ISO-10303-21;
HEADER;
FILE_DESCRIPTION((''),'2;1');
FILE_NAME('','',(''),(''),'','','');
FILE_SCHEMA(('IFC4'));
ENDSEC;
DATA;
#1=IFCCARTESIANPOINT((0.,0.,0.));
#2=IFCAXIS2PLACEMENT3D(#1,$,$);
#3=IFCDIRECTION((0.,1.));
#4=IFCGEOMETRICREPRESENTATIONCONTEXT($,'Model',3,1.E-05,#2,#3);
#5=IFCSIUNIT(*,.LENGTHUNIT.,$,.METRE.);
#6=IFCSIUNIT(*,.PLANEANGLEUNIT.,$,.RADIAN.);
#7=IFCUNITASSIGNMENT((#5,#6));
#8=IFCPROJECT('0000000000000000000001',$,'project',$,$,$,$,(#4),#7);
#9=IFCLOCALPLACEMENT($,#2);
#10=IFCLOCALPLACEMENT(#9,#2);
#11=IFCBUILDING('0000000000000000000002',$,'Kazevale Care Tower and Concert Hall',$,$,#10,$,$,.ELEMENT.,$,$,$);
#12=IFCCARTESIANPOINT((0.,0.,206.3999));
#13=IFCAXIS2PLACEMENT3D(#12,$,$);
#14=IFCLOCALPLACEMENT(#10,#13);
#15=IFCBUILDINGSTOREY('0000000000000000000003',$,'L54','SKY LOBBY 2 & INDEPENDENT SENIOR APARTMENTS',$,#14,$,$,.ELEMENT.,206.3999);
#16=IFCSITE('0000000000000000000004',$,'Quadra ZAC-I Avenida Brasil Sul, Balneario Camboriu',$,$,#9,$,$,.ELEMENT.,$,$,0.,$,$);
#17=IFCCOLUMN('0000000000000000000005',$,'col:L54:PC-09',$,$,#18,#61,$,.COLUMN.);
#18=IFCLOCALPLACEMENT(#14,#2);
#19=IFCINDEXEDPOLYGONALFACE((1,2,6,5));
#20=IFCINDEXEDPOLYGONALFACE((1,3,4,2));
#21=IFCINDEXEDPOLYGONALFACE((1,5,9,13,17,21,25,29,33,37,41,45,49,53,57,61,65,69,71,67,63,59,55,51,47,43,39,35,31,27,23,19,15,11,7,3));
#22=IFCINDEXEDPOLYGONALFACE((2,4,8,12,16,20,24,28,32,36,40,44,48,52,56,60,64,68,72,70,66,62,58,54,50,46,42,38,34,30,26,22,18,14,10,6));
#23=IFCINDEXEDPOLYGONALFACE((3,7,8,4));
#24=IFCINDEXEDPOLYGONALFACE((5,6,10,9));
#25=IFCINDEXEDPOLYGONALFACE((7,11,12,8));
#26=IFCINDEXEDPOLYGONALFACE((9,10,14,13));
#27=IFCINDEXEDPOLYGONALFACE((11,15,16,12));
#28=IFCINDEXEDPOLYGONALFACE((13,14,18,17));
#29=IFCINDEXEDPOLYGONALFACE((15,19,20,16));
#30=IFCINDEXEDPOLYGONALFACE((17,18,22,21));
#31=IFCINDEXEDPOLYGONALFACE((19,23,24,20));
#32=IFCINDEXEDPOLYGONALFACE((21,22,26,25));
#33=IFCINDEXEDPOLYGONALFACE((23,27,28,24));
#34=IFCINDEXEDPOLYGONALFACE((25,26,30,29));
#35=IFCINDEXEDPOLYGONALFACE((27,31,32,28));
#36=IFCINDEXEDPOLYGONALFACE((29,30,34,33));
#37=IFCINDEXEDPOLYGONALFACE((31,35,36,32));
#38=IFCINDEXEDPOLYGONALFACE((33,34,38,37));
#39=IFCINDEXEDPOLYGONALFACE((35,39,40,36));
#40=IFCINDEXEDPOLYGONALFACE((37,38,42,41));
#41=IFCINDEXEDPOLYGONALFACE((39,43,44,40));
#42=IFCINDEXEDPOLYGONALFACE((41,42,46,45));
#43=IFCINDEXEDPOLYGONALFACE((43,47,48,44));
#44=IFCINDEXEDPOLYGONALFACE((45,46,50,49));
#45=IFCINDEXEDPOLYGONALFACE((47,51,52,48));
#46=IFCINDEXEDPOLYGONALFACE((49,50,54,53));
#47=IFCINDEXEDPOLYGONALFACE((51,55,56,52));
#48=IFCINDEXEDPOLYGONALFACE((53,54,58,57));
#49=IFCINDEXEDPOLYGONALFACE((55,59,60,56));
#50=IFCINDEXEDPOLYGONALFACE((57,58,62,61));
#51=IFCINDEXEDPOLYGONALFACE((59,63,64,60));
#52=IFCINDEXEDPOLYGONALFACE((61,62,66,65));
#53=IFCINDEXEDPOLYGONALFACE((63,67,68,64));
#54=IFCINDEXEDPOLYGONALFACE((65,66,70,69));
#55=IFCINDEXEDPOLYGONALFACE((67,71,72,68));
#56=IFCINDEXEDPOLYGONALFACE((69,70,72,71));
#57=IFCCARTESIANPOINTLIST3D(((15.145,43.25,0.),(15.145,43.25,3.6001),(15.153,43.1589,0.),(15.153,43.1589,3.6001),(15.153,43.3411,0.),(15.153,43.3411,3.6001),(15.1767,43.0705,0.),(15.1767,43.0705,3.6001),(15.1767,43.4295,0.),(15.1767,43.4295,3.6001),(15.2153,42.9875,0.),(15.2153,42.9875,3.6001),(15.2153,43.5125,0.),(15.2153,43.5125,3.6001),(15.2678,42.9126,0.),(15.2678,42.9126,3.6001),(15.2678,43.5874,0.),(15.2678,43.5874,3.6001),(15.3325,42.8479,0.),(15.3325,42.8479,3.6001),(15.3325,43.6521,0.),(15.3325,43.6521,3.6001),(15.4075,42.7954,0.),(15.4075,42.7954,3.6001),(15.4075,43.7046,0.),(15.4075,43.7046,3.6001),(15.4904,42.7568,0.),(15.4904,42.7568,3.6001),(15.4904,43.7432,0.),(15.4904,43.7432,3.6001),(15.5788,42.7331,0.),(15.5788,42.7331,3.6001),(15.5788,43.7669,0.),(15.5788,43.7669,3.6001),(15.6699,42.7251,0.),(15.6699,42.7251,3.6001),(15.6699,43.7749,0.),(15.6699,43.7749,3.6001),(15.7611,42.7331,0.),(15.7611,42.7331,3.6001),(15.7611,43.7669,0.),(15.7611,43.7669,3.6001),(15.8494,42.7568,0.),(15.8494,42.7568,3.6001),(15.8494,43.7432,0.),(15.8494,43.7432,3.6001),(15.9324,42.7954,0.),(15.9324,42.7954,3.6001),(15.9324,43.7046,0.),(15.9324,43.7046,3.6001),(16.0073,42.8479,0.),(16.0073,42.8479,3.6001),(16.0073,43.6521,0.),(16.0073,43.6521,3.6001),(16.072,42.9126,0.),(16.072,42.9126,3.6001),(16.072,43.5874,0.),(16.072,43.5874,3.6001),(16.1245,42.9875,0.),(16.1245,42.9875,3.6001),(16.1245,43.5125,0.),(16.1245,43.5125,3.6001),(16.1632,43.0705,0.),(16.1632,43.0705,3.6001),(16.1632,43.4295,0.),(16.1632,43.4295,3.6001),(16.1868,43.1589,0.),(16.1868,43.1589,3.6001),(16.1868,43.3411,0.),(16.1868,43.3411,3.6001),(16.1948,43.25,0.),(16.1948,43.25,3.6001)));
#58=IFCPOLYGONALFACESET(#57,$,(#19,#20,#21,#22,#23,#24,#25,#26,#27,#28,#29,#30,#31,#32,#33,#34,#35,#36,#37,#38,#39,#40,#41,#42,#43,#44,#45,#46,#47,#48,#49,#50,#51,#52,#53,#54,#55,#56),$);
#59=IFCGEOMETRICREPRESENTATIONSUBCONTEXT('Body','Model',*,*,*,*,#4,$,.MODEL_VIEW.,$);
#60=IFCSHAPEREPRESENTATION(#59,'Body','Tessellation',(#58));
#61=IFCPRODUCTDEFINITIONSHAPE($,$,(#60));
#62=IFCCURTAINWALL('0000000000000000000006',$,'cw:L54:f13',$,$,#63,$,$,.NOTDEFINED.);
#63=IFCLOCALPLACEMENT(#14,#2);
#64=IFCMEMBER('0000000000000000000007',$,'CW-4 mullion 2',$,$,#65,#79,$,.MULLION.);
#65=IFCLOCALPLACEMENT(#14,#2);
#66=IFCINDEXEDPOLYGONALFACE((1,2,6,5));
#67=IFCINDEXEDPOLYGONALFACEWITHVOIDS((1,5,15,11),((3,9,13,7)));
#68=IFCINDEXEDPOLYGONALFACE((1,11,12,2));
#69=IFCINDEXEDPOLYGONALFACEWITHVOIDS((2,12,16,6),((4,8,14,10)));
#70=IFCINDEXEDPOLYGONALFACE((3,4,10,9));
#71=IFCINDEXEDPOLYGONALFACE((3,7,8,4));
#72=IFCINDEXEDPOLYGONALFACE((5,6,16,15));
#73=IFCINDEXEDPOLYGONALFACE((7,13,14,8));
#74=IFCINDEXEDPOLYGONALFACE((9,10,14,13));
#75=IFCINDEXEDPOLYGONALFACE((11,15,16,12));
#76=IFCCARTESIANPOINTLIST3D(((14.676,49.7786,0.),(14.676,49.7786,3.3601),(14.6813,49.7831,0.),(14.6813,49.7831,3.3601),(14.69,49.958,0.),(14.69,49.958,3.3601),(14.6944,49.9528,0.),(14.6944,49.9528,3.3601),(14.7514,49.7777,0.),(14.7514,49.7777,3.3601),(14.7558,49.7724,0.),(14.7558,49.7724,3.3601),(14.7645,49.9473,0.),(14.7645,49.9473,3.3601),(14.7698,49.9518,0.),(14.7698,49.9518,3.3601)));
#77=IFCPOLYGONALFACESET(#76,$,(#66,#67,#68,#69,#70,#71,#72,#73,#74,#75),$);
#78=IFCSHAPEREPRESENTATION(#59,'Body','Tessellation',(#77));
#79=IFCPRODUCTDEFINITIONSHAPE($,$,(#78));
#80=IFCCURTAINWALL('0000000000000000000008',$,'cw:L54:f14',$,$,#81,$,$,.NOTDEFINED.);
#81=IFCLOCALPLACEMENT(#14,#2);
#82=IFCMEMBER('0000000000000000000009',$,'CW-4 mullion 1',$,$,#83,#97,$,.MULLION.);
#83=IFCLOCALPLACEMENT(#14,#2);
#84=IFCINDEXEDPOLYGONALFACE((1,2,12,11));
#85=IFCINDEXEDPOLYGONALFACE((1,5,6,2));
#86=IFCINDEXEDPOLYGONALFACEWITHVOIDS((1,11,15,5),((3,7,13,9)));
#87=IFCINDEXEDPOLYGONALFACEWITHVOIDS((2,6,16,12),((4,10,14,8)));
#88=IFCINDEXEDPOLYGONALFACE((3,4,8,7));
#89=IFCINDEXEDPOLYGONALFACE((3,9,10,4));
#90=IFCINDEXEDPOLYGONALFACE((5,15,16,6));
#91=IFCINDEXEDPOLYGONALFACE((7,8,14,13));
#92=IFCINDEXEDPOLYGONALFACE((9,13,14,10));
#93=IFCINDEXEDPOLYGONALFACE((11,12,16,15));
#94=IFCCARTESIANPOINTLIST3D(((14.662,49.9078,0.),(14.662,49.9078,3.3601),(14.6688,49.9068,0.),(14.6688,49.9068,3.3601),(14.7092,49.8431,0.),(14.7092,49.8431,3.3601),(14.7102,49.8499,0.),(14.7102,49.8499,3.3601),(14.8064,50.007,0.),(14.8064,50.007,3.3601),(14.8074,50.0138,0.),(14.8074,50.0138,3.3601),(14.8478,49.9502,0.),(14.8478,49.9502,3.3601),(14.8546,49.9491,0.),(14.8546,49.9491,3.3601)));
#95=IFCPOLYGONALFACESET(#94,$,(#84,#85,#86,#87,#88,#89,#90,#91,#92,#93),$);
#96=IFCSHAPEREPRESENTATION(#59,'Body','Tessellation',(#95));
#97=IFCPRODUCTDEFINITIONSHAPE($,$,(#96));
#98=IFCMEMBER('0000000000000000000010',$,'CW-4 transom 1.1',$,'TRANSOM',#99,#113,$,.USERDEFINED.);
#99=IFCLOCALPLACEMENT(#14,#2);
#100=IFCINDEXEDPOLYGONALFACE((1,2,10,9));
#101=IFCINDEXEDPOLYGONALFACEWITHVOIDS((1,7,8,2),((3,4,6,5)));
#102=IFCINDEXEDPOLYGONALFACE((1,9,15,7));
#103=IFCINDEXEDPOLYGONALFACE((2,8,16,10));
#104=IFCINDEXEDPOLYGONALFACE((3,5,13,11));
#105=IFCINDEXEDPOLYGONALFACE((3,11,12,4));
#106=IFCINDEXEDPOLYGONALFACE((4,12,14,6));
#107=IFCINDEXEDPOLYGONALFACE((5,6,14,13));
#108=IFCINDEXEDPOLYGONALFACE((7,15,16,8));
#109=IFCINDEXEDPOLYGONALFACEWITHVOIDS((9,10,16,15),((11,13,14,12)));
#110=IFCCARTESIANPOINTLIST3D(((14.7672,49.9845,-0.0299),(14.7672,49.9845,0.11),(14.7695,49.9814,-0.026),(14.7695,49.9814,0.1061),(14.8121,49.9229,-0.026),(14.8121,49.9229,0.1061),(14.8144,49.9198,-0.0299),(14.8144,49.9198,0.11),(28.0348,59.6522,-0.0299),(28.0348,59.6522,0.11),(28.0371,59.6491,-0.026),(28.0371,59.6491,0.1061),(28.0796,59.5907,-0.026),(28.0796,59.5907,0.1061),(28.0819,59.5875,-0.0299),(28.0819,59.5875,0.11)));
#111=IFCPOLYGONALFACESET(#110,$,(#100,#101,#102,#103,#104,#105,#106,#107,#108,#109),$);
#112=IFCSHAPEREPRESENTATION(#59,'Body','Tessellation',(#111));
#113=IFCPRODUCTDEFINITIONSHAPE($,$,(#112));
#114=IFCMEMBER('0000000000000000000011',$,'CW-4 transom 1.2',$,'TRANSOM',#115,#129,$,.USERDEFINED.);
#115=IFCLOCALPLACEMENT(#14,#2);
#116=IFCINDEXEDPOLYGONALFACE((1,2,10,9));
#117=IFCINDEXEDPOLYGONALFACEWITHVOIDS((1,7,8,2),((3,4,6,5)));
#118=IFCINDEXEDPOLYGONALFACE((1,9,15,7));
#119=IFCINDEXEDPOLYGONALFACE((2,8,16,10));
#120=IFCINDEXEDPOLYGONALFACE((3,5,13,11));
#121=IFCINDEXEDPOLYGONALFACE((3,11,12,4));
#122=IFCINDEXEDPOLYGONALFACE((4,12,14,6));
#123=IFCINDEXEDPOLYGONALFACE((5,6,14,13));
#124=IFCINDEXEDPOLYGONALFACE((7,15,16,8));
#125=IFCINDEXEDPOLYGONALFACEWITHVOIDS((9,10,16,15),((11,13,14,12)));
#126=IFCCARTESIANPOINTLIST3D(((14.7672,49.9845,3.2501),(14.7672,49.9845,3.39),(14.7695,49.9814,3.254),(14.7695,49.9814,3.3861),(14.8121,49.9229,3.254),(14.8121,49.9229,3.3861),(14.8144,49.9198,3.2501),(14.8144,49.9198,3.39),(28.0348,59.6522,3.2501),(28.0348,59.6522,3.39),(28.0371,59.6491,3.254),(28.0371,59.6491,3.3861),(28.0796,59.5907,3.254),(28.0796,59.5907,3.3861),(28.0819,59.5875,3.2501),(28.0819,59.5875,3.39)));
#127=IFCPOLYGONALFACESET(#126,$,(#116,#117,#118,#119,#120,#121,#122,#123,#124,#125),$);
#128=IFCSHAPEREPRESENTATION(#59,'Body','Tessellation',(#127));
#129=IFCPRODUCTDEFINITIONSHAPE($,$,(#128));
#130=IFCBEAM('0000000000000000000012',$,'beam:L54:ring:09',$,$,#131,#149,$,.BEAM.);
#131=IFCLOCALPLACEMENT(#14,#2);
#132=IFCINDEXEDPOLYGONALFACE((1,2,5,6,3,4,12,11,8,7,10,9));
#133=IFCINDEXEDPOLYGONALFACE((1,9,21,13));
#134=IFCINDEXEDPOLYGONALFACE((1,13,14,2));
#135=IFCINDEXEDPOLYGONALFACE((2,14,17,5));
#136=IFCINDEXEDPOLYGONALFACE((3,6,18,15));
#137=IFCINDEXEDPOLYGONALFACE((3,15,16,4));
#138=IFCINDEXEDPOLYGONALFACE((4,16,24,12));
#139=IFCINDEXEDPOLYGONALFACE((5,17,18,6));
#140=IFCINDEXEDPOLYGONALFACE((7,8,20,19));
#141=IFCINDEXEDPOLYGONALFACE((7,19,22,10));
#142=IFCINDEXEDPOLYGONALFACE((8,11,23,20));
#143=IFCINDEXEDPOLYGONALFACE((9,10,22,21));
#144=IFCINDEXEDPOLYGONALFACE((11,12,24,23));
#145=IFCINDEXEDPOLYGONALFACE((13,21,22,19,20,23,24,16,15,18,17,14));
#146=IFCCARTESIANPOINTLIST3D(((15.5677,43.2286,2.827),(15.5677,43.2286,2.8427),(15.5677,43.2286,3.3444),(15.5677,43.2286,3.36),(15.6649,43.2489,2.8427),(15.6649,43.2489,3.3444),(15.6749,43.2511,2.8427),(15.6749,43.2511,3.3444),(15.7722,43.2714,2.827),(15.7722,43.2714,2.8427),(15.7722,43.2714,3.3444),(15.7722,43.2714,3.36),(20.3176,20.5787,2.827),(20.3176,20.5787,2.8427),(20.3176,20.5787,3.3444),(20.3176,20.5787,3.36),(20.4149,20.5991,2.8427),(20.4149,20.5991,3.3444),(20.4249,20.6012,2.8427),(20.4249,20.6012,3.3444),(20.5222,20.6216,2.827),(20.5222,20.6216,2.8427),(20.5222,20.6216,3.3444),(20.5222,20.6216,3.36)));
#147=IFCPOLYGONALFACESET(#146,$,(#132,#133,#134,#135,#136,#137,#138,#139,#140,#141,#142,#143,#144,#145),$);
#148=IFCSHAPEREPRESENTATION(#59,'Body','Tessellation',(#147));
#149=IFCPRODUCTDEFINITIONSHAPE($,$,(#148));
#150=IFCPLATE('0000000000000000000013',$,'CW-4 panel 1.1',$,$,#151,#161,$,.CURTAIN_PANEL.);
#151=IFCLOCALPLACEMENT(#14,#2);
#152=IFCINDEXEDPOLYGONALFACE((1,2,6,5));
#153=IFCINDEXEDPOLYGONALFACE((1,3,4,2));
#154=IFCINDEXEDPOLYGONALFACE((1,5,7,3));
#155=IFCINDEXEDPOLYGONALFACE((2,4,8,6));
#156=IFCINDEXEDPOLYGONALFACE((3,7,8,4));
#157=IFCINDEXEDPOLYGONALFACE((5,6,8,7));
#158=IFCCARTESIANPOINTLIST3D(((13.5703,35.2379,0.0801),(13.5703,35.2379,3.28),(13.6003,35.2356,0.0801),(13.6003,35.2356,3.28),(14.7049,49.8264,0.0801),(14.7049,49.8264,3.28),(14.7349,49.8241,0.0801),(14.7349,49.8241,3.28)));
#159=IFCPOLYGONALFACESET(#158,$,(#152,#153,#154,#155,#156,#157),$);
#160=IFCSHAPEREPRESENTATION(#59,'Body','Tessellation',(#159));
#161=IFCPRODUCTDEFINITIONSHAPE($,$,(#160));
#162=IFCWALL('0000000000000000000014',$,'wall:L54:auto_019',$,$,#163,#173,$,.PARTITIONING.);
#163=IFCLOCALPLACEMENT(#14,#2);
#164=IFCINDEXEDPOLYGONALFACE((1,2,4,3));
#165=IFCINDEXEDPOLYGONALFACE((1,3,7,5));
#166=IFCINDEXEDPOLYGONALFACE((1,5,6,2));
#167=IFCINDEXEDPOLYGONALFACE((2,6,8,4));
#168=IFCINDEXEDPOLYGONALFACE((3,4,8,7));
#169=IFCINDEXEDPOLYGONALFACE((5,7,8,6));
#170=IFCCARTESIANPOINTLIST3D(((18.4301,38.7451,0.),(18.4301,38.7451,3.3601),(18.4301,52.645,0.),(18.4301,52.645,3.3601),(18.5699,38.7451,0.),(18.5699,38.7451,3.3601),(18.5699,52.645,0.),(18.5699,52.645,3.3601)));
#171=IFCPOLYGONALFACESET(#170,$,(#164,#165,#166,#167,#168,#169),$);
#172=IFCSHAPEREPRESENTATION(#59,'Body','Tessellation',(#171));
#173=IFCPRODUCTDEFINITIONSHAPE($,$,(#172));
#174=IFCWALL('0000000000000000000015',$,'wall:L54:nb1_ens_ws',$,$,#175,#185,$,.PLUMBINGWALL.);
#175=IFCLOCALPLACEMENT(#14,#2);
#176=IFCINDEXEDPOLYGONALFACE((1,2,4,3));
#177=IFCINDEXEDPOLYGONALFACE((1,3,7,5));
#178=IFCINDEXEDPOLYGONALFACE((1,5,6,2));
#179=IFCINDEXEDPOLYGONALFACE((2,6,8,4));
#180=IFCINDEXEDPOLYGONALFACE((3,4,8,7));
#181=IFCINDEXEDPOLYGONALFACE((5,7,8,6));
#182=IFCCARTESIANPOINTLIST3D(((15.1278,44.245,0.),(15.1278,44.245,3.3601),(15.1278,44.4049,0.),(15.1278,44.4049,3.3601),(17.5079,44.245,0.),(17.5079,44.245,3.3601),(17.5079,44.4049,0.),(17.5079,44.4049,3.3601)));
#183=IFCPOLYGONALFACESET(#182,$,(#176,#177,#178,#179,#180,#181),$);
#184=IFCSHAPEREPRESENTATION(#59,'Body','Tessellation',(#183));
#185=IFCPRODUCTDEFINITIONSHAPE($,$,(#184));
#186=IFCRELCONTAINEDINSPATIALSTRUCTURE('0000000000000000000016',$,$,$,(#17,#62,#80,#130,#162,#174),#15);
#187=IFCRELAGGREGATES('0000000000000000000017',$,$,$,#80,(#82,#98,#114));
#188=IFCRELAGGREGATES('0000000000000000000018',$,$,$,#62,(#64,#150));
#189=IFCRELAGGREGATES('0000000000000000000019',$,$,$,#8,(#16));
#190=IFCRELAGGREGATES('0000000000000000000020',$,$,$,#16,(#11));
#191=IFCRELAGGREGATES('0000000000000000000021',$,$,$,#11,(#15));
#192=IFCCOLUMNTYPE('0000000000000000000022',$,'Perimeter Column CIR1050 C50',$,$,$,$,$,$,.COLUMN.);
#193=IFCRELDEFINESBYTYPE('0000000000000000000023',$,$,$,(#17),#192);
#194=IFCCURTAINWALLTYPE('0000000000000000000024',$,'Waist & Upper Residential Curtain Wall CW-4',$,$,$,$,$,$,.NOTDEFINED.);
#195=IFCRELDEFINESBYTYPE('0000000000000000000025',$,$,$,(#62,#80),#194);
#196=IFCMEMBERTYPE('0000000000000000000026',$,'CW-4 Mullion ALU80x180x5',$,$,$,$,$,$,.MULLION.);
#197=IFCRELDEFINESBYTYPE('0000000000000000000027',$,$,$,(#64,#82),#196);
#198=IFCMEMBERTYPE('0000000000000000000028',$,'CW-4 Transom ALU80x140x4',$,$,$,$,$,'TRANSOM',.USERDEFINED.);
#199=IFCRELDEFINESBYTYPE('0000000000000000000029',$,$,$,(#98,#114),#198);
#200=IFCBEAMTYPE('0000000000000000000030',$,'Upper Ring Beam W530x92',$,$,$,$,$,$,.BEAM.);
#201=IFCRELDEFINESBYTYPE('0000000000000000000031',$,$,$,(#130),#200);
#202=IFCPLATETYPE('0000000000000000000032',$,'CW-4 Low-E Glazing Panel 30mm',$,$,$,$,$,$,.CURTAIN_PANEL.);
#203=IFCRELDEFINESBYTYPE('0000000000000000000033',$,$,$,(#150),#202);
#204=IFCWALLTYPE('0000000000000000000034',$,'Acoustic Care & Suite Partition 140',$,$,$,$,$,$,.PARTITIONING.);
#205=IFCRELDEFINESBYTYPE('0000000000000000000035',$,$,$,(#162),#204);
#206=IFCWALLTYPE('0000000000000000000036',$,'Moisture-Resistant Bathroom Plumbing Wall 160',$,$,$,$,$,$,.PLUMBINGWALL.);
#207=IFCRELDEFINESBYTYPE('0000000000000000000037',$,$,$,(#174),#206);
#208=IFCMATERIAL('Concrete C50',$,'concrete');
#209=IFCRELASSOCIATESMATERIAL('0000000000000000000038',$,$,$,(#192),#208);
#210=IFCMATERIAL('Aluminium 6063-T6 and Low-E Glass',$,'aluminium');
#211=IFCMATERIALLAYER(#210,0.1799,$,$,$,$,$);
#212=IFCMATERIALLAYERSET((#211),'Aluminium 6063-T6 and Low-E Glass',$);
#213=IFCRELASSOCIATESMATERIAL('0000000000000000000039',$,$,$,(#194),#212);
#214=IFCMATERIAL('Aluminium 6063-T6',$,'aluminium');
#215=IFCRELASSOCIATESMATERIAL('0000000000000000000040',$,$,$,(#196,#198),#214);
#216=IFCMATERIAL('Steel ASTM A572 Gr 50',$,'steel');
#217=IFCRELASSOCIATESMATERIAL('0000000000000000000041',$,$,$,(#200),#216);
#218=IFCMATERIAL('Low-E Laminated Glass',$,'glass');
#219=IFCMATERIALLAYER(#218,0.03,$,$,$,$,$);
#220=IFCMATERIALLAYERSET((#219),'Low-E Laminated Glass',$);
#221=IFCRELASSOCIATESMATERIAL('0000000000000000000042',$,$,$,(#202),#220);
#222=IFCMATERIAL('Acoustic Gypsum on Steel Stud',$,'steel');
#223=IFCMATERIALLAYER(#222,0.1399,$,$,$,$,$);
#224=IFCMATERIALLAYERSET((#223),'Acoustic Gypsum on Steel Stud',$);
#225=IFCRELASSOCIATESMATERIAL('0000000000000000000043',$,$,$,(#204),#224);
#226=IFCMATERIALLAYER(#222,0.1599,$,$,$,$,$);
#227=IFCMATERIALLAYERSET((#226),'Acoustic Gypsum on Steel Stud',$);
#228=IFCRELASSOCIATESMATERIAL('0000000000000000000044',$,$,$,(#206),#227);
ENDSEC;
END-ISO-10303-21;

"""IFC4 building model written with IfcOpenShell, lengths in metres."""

from ifc_helpers import new_model, si_unit, direction, frame, frame_2d, origin, origin_2d, place, context, subcontext, project, spatial, rectangle, hollow_rectangle, circle, i_section, extrude, material, layer, layer_set, material_profile, profile_set, type_object, element, aggregate, save


model = new_model("IFC4")

# Units and contexts
model_context = context("Model", 3, precision=1e-05, world=origin(), true_north=direction((0.0, 1.0)))
body_context = subcontext(model_context, "Body", "Model", "MODEL_VIEW")
ifc_project = project(units=[si_unit("LENGTHUNIT", "METRE"), si_unit("PLANEANGLEUNIT", "RADIAN")], contexts=[model_context])

# Site, building, storey
site_placement = place(None, origin())
site = spatial("IfcSite", under=ifc_project, at=site_placement, Name="Quadra ZAC-I Avenida Brasil Sul, Balneario Camboriu", CompositionType="ELEMENT", RefElevation=0.0)
building_placement = place(site_placement, origin())
building = spatial("IfcBuilding", under=site, at=building_placement, Name="Kazevale Care Tower and Concert Hall", CompositionType="ELEMENT")
storey_placement = place(building_placement, frame((0.0, 0.0, 206.3999)))
storey = spatial("IfcBuildingStorey", under=building, at=storey_placement, Name="L54", Description="SKY LOBBY 2 & INDEPENDENT SENIOR APARTMENTS", CompositionType="ELEMENT", Elevation=206.3999)

# Column
ifc_material_1 = material(Name="Concrete C50", Category="concrete")
ifc_material_profile_1 = material_profile(ifc_material_1, circle(Radius=0.5249, at=origin_2d()), Name="RC-CIR1050")
ifc_profile_set_1 = profile_set([ifc_material_profile_1], Name="Concrete C50")
column_type = type_object("IfcColumnType", Name="Perimeter Column CIR1050 C50", PredefinedType="COLUMN", material=ifc_profile_set_1)
column_placement = place(storey_placement, frame((15.6699, 43.25, 0.0), z_axis=(0.0, 0.0, 1.0), x_axis=(1.0, 0.0, 0.0)))
element("IfcColumn", 1, at=column_placement, inside=storey, type_object=column_type, Name="col:L54:PC-09", PredefinedType="COLUMN", context=body_context, shape_type="SweptSolid", body=[
    extrude(circle(Radius=0.5249, at=origin_2d()), origin(), (0.0, 0.0, 1.0), 3.6001),
])

# Curtain wall, member
ifc_material_2 = material(Name="Aluminium 6063-T6 and Low-E Glass", Category="aluminium")
ifc_layer_1 = layer(ifc_material_2, 0.1799)
ifc_layer_set_1 = layer_set([ifc_layer_1], Name="Aluminium 6063-T6 and Low-E Glass")
curtain_wall_type = type_object("IfcCurtainWallType", Name="Waist & Upper Residential Curtain Wall CW-4", PredefinedType="NOTDEFINED", material=ifc_layer_set_1)
curtain_wall_1_placement = place(storey_placement, origin())
curtain_wall_1 = element("IfcCurtainWall", 2, at=curtain_wall_1_placement, inside=storey, type_object=curtain_wall_type, Name="cw:L54:f13", PredefinedType="NOTDEFINED")
ifc_material_3 = material(Name="Aluminium 6063-T6", Category="aluminium")
ifc_material_profile_2 = material_profile(ifc_material_3, hollow_rectangle(XDim=0.0801, YDim=0.1799, WallThickness=0.0049, at=origin_2d()), Name="ALU80x180x5")
ifc_profile_set_2 = profile_set([ifc_material_profile_2], Name="Aluminium 6063-T6")
member_type_1 = type_object("IfcMemberType", Name="CW-4 Mullion ALU80x180x5", PredefinedType="MULLION", material=ifc_profile_set_2)
member_1_placement = place(storey_placement, frame((14.7229, 49.8652, 0.0), z_axis=(0.0, 0.0, 1.0), x_axis=(-0.996989, 0.077539, 0.0)))
member_1 = element("IfcMember", 3, at=member_1_placement, type_object=member_type_1, Name="CW-4 mullion 2", PredefinedType="MULLION", context=body_context, shape_type="SweptSolid", body=[
    extrude(hollow_rectangle(XDim=0.0801, YDim=0.1799, WallThickness=0.0049, at=origin_2d()), origin(), (0.0, 0.0, 1.0), 3.3601),
])

# Curtain wall, members
curtain_wall_2_placement = place(storey_placement, origin())
curtain_wall_2 = element("IfcCurtainWall", 4, at=curtain_wall_2_placement, inside=storey, type_object=curtain_wall_type, Name="cw:L54:f14", PredefinedType="NOTDEFINED")
member_2_placement = place(storey_placement, frame((14.7583, 49.9285, 0.0), z_axis=(0.0, 0.0, 1.0), x_axis=(-0.58891, 0.808198, 0.0)))
member_2 = element("IfcMember", 5, at=member_2_placement, type_object=member_type_1, Name="CW-4 mullion 1", PredefinedType="MULLION", context=body_context, shape_type="SweptSolid", body=[
    extrude(hollow_rectangle(XDim=0.0801, YDim=0.1799, WallThickness=0.0049, at=origin_2d()), origin(), (0.0, 0.0, 1.0), 3.3601),
])
ifc_material_profile_3 = material_profile(ifc_material_3, hollow_rectangle(XDim=0.0801, YDim=0.1399, WallThickness=0.0039, at=origin_2d()), Name="ALU80x140x4")
ifc_profile_set_3 = profile_set([ifc_material_profile_3], Name="Aluminium 6063-T6")
member_type_2 = type_object("IfcMemberType", Name="CW-4 Transom ALU80x140x4", ElementType="TRANSOM", PredefinedType="USERDEFINED", material=ifc_profile_set_3)
member_3_placement = place(storey_placement, frame((14.7908, 49.9521, 0.04), z_axis=(0.808197, 0.588912, 0.0), x_axis=(-0.588912, 0.808197, 0.0)))
member_3 = element("IfcMember", 6, at=member_3_placement, type_object=member_type_2, Name="CW-4 transom 1.1", ObjectType="TRANSOM", PredefinedType="USERDEFINED", context=body_context, shape_type="SweptSolid", body=[
    extrude(hollow_rectangle(XDim=0.0801, YDim=0.1399, WallThickness=0.0039, at=origin_2d()), origin(), (0.0, 0.0, 1.0), 16.4163),
])
member_4_placement = place(storey_placement, frame((14.7908, 49.9521, 3.3201), z_axis=(0.808197, 0.588912, 0.0), x_axis=(-0.588912, 0.808197, 0.0)))
member_4 = element("IfcMember", 7, at=member_4_placement, type_object=member_type_2, Name="CW-4 transom 1.2", ObjectType="TRANSOM", PredefinedType="USERDEFINED", context=body_context, shape_type="SweptSolid", body=[
    extrude(hollow_rectangle(XDim=0.0801, YDim=0.1399, WallThickness=0.0039, at=origin_2d()), origin(), (0.0, 0.0, 1.0), 16.4163),
])
aggregate(curtain_wall_2, [member_2, member_3, member_4])

# Beam
ifc_material_4 = material(Name="Steel ASTM A572 Gr 50", Category="steel")
ifc_material_profile_4 = material_profile(ifc_material_4, i_section(OverallWidth=0.209, OverallDepth=0.533, WebThickness=0.0103, FlangeThickness=0.0156, at=origin_2d()), Name="W530x92")
ifc_profile_set_4 = profile_set([ifc_material_profile_4], Name="Steel ASTM A572 Gr 50")
beam_type = type_object("IfcBeamType", Name="Upper Ring Beam W530x92", PredefinedType="BEAM", material=ifc_profile_set_4)
beam_placement = place(storey_placement, frame((15.6699, 43.25, 3.0935), z_axis=(0.205249, -0.97871, 0.0), x_axis=(0.97871, 0.205249, 0.0)))
element("IfcBeam", 8, at=beam_placement, inside=storey, type_object=beam_type, Name="beam:L54:ring:09", PredefinedType="BEAM", context=body_context, shape_type="SweptSolid", body=[
    extrude(i_section(OverallWidth=0.209, OverallDepth=0.533, WebThickness=0.0103, FlangeThickness=0.0156, at=origin_2d()), origin(), (0.0, 0.0, 1.0), 23.1426),
])

# Plate
ifc_material_5 = material(Name="Low-E Laminated Glass", Category="glass")
ifc_layer_2 = layer(ifc_material_5, 0.03)
ifc_layer_set_2 = layer_set([ifc_layer_2], Name="Low-E Laminated Glass")
plate_type = type_object("IfcPlateType", Name="CW-4 Low-E Glazing Panel 30mm", PredefinedType="CURTAIN_PANEL", material=ifc_layer_set_2)
plate_placement = place(storey_placement, frame((14.1526, 42.531, 0.0801), z_axis=(0.0, 0.0, 1.0), x_axis=(0.077539, 0.996989, 0.0)))
plate = element("IfcPlate", 9, at=plate_placement, type_object=plate_type, Name="CW-4 panel 1.1", PredefinedType="CURTAIN_PANEL", context=body_context, shape_type="SweptSolid", body=[
    extrude(rectangle(XDim=14.6326, YDim=0.03, at=origin_2d()), origin(), (0.0, 0.0, 1.0), 3.2),
])
aggregate(curtain_wall_1, [member_1, plate])

# Walls
ifc_material_6 = material(Name="Acoustic Gypsum on Steel Stud", Category="steel")
ifc_layer_3 = layer(ifc_material_6, 0.1399)
ifc_layer_set_3 = layer_set([ifc_layer_3], Name="Acoustic Gypsum on Steel Stud")
wall_type_1 = type_object("IfcWallType", Name="Acoustic Care & Suite Partition 140", PredefinedType="PARTITIONING", material=ifc_layer_set_3)
wall_1_placement = place(storey_placement, frame((18.5, 52.645, 0.0), z_axis=(0.0, 0.0, 1.0), x_axis=(0.0, -1.0, 0.0)))
element("IfcWall", 10, at=wall_1_placement, inside=storey, type_object=wall_type_1, Name="wall:L54:auto_019", PredefinedType="PARTITIONING", context=body_context, shape_type="SweptSolid", body=[
    extrude(rectangle(XDim=13.8999, YDim=0.1399, at=frame_2d((6.95, 0.0))), origin(), (0.0, 0.0, 1.0), 3.3601),
])
ifc_layer_4 = layer(ifc_material_6, 0.1599)
ifc_layer_set_4 = layer_set([ifc_layer_4], Name="Acoustic Gypsum on Steel Stud")
wall_type_2 = type_object("IfcWallType", Name="Moisture-Resistant Bathroom Plumbing Wall 160", PredefinedType="PLUMBINGWALL", material=ifc_layer_set_4)
wall_2_placement = place(storey_placement, frame((15.1279, 44.325, 0.0), z_axis=(0.0, 0.0, 1.0), x_axis=(1.0, 0.0, 0.0)))
element("IfcWall", 11, at=wall_2_placement, inside=storey, type_object=wall_type_2, Name="wall:L54:nb1_ens_ws", PredefinedType="PLUMBINGWALL", context=body_context, shape_type="SweptSolid", body=[
    extrude(rectangle(XDim=2.3801, YDim=0.1599, at=frame_2d((1.1899, 0.0))), origin(), (0.0, 0.0, 1.0), 3.3601),
])

save(model, "model.ifc")
